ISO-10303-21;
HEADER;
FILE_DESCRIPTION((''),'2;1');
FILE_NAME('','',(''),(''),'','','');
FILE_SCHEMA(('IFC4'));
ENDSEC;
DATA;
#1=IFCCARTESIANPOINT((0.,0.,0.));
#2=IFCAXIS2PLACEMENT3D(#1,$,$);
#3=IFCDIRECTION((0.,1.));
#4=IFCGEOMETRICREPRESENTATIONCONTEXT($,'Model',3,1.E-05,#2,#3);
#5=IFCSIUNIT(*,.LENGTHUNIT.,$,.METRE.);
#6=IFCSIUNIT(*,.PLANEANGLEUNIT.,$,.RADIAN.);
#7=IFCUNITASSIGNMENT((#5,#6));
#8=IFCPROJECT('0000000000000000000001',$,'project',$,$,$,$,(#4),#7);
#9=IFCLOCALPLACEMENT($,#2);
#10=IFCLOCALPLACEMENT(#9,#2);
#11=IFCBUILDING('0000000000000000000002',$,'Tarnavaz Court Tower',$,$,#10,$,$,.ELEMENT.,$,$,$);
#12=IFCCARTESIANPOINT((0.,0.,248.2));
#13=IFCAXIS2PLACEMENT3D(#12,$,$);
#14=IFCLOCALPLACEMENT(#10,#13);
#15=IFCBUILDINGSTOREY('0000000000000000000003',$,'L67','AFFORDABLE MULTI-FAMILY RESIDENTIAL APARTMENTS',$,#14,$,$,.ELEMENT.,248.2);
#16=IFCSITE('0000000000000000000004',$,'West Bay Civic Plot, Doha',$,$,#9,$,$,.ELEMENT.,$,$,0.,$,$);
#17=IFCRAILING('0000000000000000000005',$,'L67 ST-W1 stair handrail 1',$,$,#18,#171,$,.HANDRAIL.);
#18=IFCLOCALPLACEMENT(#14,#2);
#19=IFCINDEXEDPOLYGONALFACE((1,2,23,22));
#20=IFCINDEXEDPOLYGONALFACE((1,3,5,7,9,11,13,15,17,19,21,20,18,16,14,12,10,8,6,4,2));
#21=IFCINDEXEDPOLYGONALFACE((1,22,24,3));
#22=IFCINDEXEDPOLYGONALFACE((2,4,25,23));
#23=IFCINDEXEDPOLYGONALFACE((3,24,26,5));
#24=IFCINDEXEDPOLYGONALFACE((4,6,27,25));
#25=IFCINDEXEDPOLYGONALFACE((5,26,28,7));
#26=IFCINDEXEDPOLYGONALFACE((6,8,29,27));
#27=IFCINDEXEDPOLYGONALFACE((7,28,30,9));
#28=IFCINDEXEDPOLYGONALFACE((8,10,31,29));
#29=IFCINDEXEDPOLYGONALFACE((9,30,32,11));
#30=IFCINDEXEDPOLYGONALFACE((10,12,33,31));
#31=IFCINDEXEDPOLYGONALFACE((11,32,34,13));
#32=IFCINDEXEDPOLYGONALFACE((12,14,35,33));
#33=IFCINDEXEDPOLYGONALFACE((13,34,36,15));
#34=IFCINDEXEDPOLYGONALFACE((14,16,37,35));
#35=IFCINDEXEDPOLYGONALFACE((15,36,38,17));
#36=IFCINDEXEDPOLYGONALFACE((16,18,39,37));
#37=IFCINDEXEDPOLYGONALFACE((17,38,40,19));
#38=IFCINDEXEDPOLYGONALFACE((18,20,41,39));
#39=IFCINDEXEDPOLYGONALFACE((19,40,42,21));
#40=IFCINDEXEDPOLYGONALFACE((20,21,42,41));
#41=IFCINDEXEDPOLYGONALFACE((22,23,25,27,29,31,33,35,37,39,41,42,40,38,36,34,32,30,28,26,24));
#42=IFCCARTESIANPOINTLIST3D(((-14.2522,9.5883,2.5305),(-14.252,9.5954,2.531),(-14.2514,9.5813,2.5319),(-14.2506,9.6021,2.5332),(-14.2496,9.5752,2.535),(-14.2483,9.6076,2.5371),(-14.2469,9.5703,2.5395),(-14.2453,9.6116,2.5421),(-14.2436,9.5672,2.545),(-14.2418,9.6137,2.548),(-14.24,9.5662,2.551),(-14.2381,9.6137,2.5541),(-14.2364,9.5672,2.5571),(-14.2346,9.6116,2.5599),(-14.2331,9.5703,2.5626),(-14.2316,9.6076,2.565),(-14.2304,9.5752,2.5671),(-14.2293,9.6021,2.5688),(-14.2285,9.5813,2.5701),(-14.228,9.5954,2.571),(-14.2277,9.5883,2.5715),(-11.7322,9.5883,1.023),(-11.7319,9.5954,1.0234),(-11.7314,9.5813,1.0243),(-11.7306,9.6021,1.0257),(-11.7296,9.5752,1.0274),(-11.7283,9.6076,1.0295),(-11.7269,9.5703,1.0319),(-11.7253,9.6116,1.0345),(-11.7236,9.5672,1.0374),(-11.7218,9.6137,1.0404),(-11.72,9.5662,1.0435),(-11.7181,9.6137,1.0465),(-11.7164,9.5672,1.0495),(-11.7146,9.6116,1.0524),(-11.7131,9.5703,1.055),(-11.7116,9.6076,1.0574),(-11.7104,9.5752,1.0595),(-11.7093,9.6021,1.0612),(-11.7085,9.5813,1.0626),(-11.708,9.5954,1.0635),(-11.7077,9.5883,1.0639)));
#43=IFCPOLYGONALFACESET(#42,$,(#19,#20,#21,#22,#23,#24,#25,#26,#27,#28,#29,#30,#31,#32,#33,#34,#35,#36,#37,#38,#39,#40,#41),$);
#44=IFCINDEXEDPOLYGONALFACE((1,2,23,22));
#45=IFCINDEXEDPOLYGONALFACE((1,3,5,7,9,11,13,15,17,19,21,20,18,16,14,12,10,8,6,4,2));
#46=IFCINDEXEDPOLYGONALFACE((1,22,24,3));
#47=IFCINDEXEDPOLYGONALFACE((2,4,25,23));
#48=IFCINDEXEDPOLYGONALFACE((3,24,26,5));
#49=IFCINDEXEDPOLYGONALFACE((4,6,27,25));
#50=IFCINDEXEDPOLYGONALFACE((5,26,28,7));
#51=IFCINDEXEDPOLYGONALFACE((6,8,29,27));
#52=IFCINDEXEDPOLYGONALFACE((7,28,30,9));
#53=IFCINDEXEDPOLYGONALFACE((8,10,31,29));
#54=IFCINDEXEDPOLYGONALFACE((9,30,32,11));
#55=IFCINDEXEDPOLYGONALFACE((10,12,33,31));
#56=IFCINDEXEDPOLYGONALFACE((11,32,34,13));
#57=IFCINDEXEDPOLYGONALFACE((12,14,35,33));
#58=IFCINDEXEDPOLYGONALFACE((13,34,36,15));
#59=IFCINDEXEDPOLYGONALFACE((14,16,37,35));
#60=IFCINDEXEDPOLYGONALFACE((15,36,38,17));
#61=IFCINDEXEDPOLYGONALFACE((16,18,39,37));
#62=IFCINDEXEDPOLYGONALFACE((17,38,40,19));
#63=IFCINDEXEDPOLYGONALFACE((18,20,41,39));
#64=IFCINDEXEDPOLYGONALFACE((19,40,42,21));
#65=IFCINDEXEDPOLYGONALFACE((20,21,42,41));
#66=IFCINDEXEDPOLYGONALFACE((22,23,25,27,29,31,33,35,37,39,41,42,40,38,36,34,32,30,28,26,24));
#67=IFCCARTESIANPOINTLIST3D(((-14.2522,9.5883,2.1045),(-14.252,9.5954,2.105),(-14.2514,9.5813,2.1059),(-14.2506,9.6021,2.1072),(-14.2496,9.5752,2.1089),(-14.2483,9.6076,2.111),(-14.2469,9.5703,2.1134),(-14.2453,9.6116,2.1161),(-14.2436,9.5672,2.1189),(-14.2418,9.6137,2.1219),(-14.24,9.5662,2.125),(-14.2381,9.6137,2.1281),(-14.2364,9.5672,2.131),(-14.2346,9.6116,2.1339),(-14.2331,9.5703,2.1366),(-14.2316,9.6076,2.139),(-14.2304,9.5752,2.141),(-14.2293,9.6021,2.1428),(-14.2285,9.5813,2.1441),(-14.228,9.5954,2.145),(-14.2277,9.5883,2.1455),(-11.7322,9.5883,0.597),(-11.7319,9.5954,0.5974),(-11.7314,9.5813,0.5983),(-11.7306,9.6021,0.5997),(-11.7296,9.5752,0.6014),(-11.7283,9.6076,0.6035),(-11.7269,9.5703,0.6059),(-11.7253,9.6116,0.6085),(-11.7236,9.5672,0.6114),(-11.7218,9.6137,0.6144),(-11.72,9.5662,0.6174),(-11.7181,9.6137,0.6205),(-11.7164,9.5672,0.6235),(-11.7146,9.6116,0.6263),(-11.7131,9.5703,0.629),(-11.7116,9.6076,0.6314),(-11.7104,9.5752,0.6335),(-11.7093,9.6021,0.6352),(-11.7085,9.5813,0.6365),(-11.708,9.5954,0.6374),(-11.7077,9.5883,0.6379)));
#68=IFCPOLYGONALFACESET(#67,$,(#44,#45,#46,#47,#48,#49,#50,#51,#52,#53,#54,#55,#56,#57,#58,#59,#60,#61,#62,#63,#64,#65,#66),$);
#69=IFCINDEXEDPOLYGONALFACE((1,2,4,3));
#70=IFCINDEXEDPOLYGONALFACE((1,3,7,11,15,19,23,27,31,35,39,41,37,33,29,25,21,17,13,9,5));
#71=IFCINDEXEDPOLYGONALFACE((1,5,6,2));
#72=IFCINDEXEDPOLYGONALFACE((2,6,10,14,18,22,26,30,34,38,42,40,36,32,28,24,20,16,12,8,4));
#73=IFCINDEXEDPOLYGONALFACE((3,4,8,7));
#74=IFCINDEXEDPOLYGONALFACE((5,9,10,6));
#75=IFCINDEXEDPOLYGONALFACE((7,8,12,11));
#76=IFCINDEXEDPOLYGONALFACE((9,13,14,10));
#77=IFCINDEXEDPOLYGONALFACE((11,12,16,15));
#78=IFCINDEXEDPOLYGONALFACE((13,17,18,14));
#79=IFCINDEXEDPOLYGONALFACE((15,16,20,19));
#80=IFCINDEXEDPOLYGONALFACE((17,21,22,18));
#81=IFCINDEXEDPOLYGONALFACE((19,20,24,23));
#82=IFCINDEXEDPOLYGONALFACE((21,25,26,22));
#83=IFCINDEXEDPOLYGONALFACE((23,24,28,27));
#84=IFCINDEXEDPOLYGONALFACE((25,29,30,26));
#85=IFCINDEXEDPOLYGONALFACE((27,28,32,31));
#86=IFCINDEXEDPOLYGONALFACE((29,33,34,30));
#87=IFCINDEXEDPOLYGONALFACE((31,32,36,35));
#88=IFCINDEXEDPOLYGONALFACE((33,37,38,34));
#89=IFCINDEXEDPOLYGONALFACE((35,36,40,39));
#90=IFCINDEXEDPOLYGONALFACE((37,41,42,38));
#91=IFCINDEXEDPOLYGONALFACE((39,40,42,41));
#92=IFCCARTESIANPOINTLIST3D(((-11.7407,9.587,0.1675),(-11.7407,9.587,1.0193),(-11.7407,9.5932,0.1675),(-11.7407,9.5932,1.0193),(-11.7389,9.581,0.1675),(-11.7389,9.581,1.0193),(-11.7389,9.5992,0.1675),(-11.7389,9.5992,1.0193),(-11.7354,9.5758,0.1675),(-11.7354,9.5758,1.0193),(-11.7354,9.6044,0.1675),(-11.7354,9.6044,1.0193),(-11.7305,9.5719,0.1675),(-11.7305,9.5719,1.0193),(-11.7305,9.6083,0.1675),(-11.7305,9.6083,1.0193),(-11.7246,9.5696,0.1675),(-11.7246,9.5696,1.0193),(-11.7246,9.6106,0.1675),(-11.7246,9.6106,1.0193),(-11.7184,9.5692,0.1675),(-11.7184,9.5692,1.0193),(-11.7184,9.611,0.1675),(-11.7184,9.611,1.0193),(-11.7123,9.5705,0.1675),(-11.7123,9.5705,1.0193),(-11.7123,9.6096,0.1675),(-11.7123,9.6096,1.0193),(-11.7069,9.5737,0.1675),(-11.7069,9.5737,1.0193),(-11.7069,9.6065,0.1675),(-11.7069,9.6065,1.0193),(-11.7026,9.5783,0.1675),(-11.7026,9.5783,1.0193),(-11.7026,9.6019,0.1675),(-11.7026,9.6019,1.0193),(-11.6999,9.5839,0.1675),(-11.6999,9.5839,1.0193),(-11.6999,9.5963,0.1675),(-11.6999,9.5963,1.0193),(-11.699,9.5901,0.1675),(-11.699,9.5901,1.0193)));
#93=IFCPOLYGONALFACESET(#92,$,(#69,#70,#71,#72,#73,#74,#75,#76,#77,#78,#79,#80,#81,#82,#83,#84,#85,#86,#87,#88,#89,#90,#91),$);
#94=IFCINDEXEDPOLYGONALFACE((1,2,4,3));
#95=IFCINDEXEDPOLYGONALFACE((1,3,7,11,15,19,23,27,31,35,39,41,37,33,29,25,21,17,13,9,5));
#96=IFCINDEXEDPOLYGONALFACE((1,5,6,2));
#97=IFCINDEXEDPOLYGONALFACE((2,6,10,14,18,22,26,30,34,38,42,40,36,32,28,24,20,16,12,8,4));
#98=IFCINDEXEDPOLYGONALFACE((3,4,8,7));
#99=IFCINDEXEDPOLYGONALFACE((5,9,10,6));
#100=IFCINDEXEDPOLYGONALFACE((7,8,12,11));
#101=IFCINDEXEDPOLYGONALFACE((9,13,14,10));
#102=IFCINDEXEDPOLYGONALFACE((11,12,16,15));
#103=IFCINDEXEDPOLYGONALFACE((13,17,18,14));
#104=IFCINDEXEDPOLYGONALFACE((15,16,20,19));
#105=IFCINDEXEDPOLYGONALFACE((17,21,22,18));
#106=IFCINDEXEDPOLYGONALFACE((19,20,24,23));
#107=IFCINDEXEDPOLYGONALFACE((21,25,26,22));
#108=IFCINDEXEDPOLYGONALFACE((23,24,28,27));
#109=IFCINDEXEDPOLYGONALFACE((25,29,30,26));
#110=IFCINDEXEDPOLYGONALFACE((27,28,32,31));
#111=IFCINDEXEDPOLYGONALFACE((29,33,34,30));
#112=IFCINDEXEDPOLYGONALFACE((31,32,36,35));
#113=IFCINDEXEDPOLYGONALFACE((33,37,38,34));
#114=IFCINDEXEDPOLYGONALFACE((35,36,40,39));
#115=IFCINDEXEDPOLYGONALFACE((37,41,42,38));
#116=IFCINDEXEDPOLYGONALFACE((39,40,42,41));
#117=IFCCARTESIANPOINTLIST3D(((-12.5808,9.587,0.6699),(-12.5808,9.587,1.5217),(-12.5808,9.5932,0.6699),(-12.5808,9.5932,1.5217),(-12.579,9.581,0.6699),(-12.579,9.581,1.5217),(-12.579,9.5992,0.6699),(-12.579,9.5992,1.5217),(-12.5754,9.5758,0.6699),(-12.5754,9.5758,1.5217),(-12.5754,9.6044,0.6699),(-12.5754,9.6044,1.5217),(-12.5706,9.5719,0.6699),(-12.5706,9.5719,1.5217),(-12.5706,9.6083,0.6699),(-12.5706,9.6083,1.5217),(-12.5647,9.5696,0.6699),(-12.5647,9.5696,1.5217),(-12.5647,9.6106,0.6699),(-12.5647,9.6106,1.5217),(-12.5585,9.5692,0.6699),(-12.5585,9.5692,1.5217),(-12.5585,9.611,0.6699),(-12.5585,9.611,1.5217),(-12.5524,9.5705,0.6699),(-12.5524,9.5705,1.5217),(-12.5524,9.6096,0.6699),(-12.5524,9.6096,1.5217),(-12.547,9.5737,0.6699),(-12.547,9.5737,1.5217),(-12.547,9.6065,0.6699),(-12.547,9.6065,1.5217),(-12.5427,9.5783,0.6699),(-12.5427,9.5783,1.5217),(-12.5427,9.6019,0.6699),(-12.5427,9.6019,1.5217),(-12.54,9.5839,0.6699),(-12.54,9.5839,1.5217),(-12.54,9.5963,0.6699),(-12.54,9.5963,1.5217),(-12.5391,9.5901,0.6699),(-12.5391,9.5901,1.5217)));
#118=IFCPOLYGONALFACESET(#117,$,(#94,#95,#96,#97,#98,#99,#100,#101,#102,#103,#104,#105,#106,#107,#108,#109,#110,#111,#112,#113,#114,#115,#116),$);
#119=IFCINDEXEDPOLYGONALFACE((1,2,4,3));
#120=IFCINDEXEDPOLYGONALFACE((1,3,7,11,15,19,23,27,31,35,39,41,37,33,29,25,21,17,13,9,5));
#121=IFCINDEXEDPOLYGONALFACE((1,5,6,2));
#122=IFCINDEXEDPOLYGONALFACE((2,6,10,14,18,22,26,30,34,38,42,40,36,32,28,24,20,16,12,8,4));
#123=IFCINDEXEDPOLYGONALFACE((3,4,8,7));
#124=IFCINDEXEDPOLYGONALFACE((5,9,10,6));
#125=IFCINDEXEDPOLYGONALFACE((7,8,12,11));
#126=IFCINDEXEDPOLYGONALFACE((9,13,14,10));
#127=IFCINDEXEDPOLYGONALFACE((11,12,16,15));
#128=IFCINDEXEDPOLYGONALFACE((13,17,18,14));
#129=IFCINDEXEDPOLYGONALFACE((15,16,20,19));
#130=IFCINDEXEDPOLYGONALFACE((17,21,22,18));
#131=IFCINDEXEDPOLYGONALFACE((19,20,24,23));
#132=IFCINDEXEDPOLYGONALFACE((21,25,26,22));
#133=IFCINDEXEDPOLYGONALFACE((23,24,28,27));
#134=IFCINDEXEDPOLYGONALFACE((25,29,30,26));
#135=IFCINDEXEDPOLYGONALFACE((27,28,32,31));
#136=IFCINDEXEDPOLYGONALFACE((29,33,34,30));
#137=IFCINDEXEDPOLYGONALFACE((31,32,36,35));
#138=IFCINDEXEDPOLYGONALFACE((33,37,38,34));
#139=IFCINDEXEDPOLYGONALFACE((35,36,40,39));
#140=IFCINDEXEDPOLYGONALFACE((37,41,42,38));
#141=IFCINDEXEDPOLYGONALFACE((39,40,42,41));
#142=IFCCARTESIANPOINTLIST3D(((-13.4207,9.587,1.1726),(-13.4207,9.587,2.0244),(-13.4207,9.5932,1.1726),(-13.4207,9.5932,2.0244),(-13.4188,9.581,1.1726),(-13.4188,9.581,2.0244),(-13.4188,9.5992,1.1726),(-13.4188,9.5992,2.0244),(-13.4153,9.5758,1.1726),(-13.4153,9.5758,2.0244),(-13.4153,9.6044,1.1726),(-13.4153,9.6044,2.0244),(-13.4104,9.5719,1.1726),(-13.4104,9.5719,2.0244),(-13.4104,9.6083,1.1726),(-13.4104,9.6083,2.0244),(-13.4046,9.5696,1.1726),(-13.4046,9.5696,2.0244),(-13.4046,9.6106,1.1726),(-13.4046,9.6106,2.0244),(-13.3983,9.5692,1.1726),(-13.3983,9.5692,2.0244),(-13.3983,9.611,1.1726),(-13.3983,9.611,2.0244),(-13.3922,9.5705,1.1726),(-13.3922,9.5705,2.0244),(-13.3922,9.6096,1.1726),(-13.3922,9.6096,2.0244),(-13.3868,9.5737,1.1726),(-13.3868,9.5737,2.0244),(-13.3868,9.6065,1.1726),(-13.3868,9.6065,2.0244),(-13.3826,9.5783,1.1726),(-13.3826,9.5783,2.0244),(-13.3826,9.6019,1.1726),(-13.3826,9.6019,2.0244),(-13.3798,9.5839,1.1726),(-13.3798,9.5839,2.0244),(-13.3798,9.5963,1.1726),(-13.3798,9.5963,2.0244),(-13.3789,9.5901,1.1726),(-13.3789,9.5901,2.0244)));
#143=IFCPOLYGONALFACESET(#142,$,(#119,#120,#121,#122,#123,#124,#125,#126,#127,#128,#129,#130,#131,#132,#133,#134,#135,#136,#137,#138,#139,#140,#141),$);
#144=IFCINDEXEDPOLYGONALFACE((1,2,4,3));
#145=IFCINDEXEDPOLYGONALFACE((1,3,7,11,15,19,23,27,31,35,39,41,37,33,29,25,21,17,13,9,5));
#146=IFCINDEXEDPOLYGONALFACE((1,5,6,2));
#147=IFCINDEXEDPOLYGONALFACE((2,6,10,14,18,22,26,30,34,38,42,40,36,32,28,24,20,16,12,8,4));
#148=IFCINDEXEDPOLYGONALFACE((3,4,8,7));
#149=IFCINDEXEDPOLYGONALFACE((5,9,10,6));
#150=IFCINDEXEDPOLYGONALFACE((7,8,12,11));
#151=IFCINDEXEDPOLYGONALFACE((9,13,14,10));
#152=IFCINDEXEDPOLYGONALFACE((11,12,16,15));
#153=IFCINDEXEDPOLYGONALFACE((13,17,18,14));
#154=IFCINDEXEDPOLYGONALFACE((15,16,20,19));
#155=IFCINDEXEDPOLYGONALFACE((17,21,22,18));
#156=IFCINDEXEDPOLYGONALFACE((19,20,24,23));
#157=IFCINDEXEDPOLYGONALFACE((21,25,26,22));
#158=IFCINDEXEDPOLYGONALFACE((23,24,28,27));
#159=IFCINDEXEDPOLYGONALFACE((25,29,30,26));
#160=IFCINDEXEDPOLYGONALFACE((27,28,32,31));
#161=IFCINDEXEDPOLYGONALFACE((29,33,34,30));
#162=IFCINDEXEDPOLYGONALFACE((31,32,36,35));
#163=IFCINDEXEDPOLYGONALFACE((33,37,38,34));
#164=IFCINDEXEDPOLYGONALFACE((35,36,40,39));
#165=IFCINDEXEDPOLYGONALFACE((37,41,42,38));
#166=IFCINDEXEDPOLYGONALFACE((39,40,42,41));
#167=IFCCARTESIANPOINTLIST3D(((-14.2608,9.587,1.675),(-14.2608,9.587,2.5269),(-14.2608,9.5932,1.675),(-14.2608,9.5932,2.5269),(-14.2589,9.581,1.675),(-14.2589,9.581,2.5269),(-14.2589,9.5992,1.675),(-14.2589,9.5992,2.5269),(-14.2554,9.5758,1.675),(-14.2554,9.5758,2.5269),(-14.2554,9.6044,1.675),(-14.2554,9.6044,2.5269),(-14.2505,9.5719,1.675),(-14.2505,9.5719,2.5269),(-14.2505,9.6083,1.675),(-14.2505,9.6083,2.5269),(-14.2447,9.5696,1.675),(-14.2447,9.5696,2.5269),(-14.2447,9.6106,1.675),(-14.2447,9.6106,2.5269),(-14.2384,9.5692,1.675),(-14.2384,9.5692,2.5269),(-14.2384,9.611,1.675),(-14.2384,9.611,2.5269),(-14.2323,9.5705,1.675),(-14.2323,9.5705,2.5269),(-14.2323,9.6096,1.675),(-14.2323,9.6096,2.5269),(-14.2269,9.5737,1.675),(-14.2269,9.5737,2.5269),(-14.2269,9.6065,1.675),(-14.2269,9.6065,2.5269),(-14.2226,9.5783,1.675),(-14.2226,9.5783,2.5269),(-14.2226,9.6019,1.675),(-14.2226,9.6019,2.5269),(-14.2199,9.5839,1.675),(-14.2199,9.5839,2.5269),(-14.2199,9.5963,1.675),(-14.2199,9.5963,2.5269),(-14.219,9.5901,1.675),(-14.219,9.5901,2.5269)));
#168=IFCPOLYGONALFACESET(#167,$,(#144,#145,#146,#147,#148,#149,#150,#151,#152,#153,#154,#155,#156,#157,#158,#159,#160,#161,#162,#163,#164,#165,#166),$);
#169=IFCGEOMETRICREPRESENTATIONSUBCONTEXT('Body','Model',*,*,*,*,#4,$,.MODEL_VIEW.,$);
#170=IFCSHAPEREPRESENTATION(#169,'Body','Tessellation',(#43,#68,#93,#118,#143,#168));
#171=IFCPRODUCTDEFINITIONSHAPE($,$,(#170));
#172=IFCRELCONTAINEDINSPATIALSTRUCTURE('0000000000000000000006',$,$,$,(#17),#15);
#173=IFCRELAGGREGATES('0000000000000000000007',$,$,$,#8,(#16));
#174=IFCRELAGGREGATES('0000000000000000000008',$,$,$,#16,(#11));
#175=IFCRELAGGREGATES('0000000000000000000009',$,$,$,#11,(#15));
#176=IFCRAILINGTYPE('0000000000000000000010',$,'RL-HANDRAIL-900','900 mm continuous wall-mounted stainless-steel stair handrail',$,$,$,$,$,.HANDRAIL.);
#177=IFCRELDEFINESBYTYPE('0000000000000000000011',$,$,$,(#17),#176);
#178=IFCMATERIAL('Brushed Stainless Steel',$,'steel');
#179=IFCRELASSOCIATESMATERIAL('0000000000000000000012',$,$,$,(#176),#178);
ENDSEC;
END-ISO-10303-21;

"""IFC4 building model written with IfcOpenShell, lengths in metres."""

from ifc_helpers import new_model, si_unit, direction, frame, origin, origin_2d, place, context, subcontext, project, spatial, circle, extrude, material, type_object, element, save


model = new_model("IFC4")

# Units and contexts
model_context = context("Model", 3, precision=1e-05, world=origin(), true_north=direction((0.0, 1.0)))
body_context = subcontext(model_context, "Body", "Model", "MODEL_VIEW")
ifc_project = project(units=[si_unit("LENGTHUNIT", "METRE"), si_unit("PLANEANGLEUNIT", "RADIAN")], contexts=[model_context])

# Site, building, storey
site_placement = place(None, origin())
site = spatial("IfcSite", under=ifc_project, at=site_placement, Name="West Bay Civic Plot, Doha", CompositionType="ELEMENT", RefElevation=0.0)
building_placement = place(site_placement, origin())
building = spatial("IfcBuilding", under=site, at=building_placement, Name="Tarnavaz Court Tower", CompositionType="ELEMENT")
storey_placement = place(building_placement, frame((0.0, 0.0, 248.2)))
storey = spatial("IfcBuildingStorey", under=building, at=storey_placement, Name="L67", Description="AFFORDABLE MULTI-FAMILY RESIDENTIAL APARTMENTS", CompositionType="ELEMENT", Elevation=248.2)

# Railing
ifc_material_1 = material(Name="Brushed Stainless Steel", Category="steel")
railing_type_1 = type_object("IfcRailingType", Name="RL-HANDRAIL-900", Description="900 mm continuous wall-mounted stainless-steel stair handrail", PredefinedType="HANDRAIL", material=ifc_material_1)
railing_1_placement = place(storey_placement, frame((-11.72, 9.5901, 0.1675)))
element("IfcRailing", 1, at=railing_1_placement, inside=storey, type_object=railing_type_1, Name="L67 ST-W1 stair handrail 1", PredefinedType="HANDRAIL", context=body_context, shape_type="SweptSolid", body=[
    extrude(circle(Radius=0.0239, at=origin_2d()), frame((0.0, 0.0, 0.876), z_axis=(-0.85816, 0.0, 0.513383), x_axis=(0.0, -1.0, 0.0)), (0.0, 0.0, 1.0), 2.9365),
    extrude(circle(Radius=0.0239, at=origin_2d()), frame((0.0, 0.0, 0.45), z_axis=(-0.85816, 0.0, 0.513383), x_axis=(0.0, -1.0, 0.0)), (0.0, 0.0, 1.0), 2.9365),
    extrude(circle(Radius=0.021, at=origin_2d()), origin(), (0.0, 0.0, 1.0), 0.8518),
    extrude(circle(Radius=0.021, at=origin_2d()), frame((-0.8401, 0.0, 0.5024)), (0.0, 0.0, 1.0), 0.8518),
    extrude(circle(Radius=0.021, at=origin_2d()), frame((-1.6799, 0.0, 1.0051)), (0.0, 0.0, 1.0), 0.8518),
    extrude(circle(Radius=0.021, at=origin_2d()), frame((-2.52, 0.0, 1.5076)), (0.0, 0.0, 1.0), 0.8518),
])

save(model, "model.ifc")
